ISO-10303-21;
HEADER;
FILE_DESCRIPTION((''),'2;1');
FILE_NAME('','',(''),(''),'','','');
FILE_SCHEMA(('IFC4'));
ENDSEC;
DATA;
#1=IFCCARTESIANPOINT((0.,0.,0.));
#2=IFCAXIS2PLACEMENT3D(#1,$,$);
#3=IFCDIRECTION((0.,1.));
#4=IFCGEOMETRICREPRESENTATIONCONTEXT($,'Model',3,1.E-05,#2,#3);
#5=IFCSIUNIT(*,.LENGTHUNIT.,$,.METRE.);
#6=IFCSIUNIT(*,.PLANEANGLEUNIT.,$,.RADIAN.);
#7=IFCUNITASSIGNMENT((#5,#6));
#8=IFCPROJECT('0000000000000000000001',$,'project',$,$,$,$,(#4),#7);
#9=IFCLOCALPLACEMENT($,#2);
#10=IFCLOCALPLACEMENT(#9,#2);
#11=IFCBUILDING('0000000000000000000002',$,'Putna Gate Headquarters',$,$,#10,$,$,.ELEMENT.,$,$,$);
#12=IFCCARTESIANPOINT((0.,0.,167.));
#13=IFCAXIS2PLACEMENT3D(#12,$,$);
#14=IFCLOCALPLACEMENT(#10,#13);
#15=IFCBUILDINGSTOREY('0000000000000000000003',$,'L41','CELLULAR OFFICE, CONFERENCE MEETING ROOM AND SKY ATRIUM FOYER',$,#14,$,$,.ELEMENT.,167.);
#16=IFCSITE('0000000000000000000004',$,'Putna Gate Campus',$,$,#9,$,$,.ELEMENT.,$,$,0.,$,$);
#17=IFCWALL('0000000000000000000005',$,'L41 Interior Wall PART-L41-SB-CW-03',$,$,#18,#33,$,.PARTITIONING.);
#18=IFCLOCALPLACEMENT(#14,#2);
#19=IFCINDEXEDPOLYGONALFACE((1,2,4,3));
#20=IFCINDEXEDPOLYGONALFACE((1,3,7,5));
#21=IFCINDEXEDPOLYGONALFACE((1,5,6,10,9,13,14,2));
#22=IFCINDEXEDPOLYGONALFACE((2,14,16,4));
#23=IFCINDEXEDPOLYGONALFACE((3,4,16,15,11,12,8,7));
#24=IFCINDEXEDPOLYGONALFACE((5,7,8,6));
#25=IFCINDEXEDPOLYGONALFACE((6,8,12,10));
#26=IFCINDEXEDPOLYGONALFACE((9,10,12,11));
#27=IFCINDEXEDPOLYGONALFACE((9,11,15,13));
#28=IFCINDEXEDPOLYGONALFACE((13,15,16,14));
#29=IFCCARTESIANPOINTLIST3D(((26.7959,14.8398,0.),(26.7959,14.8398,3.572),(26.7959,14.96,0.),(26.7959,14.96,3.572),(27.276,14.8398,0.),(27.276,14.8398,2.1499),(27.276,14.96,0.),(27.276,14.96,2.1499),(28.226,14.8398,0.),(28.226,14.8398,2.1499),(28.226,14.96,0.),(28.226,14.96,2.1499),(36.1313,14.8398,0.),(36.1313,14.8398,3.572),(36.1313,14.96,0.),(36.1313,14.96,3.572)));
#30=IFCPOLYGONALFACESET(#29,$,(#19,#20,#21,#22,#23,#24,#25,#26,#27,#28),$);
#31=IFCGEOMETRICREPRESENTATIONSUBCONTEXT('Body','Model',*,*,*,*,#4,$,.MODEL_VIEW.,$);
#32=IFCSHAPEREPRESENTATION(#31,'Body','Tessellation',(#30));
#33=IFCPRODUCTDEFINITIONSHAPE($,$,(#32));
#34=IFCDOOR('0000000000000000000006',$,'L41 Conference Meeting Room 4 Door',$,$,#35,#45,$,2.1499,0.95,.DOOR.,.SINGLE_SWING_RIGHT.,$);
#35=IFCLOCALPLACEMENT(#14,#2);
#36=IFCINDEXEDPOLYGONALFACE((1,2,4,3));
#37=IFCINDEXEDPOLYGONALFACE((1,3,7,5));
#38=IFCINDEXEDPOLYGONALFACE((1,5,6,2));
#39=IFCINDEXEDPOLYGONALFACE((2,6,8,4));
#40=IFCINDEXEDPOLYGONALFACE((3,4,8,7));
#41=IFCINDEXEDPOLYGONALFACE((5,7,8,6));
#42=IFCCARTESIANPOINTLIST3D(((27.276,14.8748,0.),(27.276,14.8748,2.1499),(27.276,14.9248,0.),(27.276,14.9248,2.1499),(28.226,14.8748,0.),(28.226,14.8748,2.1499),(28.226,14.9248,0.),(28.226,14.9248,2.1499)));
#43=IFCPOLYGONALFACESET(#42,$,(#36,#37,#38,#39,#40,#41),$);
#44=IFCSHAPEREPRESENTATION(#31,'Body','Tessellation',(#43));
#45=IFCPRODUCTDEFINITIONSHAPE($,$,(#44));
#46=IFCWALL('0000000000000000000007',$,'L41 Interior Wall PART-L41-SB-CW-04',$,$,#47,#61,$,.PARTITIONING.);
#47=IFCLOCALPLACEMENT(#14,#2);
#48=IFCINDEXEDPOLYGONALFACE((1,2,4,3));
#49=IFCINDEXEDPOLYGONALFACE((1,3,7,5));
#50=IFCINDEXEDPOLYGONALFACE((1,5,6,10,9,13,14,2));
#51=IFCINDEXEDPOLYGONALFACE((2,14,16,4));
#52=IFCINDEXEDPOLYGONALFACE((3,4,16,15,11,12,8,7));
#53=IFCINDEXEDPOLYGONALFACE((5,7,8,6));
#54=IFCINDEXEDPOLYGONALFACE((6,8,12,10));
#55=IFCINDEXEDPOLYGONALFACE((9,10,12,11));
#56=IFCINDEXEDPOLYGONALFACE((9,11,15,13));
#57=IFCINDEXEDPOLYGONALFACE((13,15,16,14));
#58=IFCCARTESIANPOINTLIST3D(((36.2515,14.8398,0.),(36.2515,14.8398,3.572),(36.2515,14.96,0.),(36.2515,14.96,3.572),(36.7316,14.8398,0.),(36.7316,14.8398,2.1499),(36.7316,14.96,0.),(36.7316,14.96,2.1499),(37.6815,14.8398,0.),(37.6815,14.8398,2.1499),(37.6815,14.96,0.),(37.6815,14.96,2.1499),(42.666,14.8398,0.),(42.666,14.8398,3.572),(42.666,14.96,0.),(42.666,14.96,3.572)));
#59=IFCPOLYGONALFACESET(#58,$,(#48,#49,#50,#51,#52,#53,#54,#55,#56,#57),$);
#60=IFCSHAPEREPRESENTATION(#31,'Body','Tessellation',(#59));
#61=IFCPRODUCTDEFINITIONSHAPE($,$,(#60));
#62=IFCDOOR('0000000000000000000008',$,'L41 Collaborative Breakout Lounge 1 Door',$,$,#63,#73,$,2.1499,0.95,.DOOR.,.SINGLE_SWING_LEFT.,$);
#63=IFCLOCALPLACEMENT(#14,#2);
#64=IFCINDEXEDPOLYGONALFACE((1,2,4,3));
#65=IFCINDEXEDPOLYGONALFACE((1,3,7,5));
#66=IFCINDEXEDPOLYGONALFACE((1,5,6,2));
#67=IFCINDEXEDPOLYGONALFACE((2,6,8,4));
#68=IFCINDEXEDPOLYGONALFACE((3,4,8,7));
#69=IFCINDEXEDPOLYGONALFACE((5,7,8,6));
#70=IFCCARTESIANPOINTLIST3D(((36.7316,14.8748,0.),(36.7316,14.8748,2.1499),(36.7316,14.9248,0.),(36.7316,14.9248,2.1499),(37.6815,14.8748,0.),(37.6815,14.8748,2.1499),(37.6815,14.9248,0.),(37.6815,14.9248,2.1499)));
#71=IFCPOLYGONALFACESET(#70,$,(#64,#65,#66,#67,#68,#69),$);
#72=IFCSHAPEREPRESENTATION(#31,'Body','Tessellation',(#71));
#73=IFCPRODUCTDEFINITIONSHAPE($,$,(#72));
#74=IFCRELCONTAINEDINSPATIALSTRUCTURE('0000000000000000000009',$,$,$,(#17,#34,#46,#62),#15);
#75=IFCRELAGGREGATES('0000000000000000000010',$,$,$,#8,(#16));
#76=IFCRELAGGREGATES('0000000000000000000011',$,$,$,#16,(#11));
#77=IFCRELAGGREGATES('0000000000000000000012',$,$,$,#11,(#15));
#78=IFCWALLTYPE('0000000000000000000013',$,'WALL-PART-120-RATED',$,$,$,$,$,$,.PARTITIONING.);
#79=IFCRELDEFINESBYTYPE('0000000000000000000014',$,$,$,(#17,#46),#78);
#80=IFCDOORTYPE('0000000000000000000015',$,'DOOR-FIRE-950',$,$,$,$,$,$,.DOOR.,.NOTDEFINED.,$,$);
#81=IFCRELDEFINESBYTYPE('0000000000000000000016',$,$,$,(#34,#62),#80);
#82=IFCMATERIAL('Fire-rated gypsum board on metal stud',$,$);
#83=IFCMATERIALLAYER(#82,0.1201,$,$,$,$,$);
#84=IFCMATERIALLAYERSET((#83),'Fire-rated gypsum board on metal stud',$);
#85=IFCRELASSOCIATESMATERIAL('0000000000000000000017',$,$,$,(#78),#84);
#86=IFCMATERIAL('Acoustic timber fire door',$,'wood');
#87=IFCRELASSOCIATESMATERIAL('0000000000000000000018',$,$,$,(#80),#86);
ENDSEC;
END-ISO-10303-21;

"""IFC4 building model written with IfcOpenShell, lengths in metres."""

from ifc_helpers import new_model, si_unit, direction, frame, frame_2d, origin, place, context, subcontext, project, spatial, rectangle, extrude, material, layer, layer_set, type_object, element, fill, save


model = new_model("IFC4")

# Units and contexts
model_context = context("Model", 3, precision=1e-05, world=origin(), true_north=direction((0.0, 1.0)))
body_context = subcontext(model_context, "Body", "Model", "MODEL_VIEW")
ifc_project = project(units=[si_unit("LENGTHUNIT", "METRE"), si_unit("PLANEANGLEUNIT", "RADIAN")], contexts=[model_context])

# Site, building, storey
site_placement = place(None, origin())
site = spatial("IfcSite", under=ifc_project, at=site_placement, Name="Putna Gate Campus", CompositionType="ELEMENT", RefElevation=0.0)
building_placement = place(site_placement, origin())
building = spatial("IfcBuilding", under=site, at=building_placement, Name="Putna Gate Headquarters", CompositionType="ELEMENT")
storey_placement = place(building_placement, frame((0.0, 0.0, 167.0)))
storey = spatial("IfcBuildingStorey", under=building, at=storey_placement, Name="L41", Description="CELLULAR OFFICE, CONFERENCE MEETING ROOM AND SKY ATRIUM FOYER", CompositionType="ELEMENT", Elevation=167.0)

# Walls, openings, doors
ifc_material_1 = material(Name="Fire-rated gypsum board on metal stud")
ifc_layer_1 = layer(ifc_material_1, 0.1201)
ifc_layer_set_1 = layer_set([ifc_layer_1], Name="Fire-rated gypsum board on metal stud")
wall_type_1 = type_object("IfcWallType", Name="WALL-PART-120-RATED", PredefinedType="PARTITIONING", material=ifc_layer_set_1)
wall_1_placement = place(storey_placement, frame((26.7959, 14.8999, 0.0), z_axis=(0.0, 0.0, 1.0), x_axis=(1.0, 0.0, 0.0)))
wall_1 = element("IfcWall", 1, at=wall_1_placement, inside=storey, type_object=wall_type_1, Name="L41 Interior Wall PART-L41-SB-CW-03", PredefinedType="PARTITIONING", context=body_context, shape_type="SweptSolid", body=[
    extrude(rectangle(XDim=9.3354, YDim=0.1201, at=frame_2d((4.6677, 0.0))), origin(), (0.0, 0.0, 1.0), 3.572),
])
opening_1_placement = place(wall_1_placement, frame((0.48, 0.0, 0.0)))
opening_1 = element("IfcOpeningElement", 2, at=opening_1_placement, cuts=wall_1, PredefinedType="OPENING", context=body_context, shape_type="SweptSolid", body=[
    extrude(rectangle(XDim=0.95, YDim=2.1499, at=frame_2d((0.4751, 1.075))), frame((0.0, 0.0701, 0.0), z_axis=(0.0, -1.0, 0.0), x_axis=(1.0, 0.0, 0.0)), (0.0, 0.0, 1.0), 0.1401),
])
ifc_material_2 = material(Name="Acoustic timber fire door", Category="wood")
door_type = type_object("IfcDoorType", Name="DOOR-FIRE-950", OperationType="NOTDEFINED", PredefinedType="DOOR", material=ifc_material_2)
door_1_placement = place(opening_1_placement, origin())
door_1 = element("IfcDoor", 3, at=door_1_placement, inside=storey, type_object=door_type, Name="L41 Conference Meeting Room 4 Door", OperationType="SINGLE_SWING_RIGHT", OverallHeight=2.1499, OverallWidth=0.95, PredefinedType="DOOR", context=body_context, shape_type="SweptSolid", body=[
    extrude(rectangle(XDim=0.95, YDim=2.1499, at=frame_2d((0.4751, 1.075))), frame((0.0, 0.0249, 0.0), z_axis=(0.0, -1.0, 0.0), x_axis=(1.0, 0.0, 0.0)), (0.0, 0.0, 1.0), 0.05),
])
fill(opening_1, door_1)
wall_2_placement = place(storey_placement, frame((36.2515, 14.8999, 0.0), z_axis=(0.0, 0.0, 1.0), x_axis=(1.0, 0.0, 0.0)))
wall_2 = element("IfcWall", 4, at=wall_2_placement, inside=storey, type_object=wall_type_1, Name="L41 Interior Wall PART-L41-SB-CW-04", PredefinedType="PARTITIONING", context=body_context, shape_type="SweptSolid", body=[
    extrude(rectangle(XDim=6.4146, YDim=0.1201, at=frame_2d((3.2073, 0.0))), origin(), (0.0, 0.0, 1.0), 3.572),
])
opening_2_placement = place(wall_2_placement, frame((0.48, 0.0, 0.0)))
opening_2 = element("IfcOpeningElement", 5, at=opening_2_placement, cuts=wall_2, PredefinedType="OPENING", context=body_context, shape_type="SweptSolid", body=[
    extrude(rectangle(XDim=0.95, YDim=2.1499, at=frame_2d((0.4751, 1.075))), frame((0.0, 0.0701, 0.0), z_axis=(0.0, -1.0, 0.0), x_axis=(1.0, 0.0, 0.0)), (0.0, 0.0, 1.0), 0.1401),
])
door_2_placement = place(opening_2_placement, origin())
door_2 = element("IfcDoor", 6, at=door_2_placement, inside=storey, type_object=door_type, Name="L41 Collaborative Breakout Lounge 1 Door", OperationType="SINGLE_SWING_LEFT", OverallHeight=2.1499, OverallWidth=0.95, PredefinedType="DOOR", context=body_context, shape_type="SweptSolid", body=[
    extrude(rectangle(XDim=0.95, YDim=2.1499, at=frame_2d((0.4751, 1.075))), frame((0.0, 0.0249, 0.0), z_axis=(0.0, -1.0, 0.0), x_axis=(1.0, 0.0, 0.0)), (0.0, 0.0, 1.0), 0.05),
])
fill(opening_2, door_2)

save(model, "model.ifc")
